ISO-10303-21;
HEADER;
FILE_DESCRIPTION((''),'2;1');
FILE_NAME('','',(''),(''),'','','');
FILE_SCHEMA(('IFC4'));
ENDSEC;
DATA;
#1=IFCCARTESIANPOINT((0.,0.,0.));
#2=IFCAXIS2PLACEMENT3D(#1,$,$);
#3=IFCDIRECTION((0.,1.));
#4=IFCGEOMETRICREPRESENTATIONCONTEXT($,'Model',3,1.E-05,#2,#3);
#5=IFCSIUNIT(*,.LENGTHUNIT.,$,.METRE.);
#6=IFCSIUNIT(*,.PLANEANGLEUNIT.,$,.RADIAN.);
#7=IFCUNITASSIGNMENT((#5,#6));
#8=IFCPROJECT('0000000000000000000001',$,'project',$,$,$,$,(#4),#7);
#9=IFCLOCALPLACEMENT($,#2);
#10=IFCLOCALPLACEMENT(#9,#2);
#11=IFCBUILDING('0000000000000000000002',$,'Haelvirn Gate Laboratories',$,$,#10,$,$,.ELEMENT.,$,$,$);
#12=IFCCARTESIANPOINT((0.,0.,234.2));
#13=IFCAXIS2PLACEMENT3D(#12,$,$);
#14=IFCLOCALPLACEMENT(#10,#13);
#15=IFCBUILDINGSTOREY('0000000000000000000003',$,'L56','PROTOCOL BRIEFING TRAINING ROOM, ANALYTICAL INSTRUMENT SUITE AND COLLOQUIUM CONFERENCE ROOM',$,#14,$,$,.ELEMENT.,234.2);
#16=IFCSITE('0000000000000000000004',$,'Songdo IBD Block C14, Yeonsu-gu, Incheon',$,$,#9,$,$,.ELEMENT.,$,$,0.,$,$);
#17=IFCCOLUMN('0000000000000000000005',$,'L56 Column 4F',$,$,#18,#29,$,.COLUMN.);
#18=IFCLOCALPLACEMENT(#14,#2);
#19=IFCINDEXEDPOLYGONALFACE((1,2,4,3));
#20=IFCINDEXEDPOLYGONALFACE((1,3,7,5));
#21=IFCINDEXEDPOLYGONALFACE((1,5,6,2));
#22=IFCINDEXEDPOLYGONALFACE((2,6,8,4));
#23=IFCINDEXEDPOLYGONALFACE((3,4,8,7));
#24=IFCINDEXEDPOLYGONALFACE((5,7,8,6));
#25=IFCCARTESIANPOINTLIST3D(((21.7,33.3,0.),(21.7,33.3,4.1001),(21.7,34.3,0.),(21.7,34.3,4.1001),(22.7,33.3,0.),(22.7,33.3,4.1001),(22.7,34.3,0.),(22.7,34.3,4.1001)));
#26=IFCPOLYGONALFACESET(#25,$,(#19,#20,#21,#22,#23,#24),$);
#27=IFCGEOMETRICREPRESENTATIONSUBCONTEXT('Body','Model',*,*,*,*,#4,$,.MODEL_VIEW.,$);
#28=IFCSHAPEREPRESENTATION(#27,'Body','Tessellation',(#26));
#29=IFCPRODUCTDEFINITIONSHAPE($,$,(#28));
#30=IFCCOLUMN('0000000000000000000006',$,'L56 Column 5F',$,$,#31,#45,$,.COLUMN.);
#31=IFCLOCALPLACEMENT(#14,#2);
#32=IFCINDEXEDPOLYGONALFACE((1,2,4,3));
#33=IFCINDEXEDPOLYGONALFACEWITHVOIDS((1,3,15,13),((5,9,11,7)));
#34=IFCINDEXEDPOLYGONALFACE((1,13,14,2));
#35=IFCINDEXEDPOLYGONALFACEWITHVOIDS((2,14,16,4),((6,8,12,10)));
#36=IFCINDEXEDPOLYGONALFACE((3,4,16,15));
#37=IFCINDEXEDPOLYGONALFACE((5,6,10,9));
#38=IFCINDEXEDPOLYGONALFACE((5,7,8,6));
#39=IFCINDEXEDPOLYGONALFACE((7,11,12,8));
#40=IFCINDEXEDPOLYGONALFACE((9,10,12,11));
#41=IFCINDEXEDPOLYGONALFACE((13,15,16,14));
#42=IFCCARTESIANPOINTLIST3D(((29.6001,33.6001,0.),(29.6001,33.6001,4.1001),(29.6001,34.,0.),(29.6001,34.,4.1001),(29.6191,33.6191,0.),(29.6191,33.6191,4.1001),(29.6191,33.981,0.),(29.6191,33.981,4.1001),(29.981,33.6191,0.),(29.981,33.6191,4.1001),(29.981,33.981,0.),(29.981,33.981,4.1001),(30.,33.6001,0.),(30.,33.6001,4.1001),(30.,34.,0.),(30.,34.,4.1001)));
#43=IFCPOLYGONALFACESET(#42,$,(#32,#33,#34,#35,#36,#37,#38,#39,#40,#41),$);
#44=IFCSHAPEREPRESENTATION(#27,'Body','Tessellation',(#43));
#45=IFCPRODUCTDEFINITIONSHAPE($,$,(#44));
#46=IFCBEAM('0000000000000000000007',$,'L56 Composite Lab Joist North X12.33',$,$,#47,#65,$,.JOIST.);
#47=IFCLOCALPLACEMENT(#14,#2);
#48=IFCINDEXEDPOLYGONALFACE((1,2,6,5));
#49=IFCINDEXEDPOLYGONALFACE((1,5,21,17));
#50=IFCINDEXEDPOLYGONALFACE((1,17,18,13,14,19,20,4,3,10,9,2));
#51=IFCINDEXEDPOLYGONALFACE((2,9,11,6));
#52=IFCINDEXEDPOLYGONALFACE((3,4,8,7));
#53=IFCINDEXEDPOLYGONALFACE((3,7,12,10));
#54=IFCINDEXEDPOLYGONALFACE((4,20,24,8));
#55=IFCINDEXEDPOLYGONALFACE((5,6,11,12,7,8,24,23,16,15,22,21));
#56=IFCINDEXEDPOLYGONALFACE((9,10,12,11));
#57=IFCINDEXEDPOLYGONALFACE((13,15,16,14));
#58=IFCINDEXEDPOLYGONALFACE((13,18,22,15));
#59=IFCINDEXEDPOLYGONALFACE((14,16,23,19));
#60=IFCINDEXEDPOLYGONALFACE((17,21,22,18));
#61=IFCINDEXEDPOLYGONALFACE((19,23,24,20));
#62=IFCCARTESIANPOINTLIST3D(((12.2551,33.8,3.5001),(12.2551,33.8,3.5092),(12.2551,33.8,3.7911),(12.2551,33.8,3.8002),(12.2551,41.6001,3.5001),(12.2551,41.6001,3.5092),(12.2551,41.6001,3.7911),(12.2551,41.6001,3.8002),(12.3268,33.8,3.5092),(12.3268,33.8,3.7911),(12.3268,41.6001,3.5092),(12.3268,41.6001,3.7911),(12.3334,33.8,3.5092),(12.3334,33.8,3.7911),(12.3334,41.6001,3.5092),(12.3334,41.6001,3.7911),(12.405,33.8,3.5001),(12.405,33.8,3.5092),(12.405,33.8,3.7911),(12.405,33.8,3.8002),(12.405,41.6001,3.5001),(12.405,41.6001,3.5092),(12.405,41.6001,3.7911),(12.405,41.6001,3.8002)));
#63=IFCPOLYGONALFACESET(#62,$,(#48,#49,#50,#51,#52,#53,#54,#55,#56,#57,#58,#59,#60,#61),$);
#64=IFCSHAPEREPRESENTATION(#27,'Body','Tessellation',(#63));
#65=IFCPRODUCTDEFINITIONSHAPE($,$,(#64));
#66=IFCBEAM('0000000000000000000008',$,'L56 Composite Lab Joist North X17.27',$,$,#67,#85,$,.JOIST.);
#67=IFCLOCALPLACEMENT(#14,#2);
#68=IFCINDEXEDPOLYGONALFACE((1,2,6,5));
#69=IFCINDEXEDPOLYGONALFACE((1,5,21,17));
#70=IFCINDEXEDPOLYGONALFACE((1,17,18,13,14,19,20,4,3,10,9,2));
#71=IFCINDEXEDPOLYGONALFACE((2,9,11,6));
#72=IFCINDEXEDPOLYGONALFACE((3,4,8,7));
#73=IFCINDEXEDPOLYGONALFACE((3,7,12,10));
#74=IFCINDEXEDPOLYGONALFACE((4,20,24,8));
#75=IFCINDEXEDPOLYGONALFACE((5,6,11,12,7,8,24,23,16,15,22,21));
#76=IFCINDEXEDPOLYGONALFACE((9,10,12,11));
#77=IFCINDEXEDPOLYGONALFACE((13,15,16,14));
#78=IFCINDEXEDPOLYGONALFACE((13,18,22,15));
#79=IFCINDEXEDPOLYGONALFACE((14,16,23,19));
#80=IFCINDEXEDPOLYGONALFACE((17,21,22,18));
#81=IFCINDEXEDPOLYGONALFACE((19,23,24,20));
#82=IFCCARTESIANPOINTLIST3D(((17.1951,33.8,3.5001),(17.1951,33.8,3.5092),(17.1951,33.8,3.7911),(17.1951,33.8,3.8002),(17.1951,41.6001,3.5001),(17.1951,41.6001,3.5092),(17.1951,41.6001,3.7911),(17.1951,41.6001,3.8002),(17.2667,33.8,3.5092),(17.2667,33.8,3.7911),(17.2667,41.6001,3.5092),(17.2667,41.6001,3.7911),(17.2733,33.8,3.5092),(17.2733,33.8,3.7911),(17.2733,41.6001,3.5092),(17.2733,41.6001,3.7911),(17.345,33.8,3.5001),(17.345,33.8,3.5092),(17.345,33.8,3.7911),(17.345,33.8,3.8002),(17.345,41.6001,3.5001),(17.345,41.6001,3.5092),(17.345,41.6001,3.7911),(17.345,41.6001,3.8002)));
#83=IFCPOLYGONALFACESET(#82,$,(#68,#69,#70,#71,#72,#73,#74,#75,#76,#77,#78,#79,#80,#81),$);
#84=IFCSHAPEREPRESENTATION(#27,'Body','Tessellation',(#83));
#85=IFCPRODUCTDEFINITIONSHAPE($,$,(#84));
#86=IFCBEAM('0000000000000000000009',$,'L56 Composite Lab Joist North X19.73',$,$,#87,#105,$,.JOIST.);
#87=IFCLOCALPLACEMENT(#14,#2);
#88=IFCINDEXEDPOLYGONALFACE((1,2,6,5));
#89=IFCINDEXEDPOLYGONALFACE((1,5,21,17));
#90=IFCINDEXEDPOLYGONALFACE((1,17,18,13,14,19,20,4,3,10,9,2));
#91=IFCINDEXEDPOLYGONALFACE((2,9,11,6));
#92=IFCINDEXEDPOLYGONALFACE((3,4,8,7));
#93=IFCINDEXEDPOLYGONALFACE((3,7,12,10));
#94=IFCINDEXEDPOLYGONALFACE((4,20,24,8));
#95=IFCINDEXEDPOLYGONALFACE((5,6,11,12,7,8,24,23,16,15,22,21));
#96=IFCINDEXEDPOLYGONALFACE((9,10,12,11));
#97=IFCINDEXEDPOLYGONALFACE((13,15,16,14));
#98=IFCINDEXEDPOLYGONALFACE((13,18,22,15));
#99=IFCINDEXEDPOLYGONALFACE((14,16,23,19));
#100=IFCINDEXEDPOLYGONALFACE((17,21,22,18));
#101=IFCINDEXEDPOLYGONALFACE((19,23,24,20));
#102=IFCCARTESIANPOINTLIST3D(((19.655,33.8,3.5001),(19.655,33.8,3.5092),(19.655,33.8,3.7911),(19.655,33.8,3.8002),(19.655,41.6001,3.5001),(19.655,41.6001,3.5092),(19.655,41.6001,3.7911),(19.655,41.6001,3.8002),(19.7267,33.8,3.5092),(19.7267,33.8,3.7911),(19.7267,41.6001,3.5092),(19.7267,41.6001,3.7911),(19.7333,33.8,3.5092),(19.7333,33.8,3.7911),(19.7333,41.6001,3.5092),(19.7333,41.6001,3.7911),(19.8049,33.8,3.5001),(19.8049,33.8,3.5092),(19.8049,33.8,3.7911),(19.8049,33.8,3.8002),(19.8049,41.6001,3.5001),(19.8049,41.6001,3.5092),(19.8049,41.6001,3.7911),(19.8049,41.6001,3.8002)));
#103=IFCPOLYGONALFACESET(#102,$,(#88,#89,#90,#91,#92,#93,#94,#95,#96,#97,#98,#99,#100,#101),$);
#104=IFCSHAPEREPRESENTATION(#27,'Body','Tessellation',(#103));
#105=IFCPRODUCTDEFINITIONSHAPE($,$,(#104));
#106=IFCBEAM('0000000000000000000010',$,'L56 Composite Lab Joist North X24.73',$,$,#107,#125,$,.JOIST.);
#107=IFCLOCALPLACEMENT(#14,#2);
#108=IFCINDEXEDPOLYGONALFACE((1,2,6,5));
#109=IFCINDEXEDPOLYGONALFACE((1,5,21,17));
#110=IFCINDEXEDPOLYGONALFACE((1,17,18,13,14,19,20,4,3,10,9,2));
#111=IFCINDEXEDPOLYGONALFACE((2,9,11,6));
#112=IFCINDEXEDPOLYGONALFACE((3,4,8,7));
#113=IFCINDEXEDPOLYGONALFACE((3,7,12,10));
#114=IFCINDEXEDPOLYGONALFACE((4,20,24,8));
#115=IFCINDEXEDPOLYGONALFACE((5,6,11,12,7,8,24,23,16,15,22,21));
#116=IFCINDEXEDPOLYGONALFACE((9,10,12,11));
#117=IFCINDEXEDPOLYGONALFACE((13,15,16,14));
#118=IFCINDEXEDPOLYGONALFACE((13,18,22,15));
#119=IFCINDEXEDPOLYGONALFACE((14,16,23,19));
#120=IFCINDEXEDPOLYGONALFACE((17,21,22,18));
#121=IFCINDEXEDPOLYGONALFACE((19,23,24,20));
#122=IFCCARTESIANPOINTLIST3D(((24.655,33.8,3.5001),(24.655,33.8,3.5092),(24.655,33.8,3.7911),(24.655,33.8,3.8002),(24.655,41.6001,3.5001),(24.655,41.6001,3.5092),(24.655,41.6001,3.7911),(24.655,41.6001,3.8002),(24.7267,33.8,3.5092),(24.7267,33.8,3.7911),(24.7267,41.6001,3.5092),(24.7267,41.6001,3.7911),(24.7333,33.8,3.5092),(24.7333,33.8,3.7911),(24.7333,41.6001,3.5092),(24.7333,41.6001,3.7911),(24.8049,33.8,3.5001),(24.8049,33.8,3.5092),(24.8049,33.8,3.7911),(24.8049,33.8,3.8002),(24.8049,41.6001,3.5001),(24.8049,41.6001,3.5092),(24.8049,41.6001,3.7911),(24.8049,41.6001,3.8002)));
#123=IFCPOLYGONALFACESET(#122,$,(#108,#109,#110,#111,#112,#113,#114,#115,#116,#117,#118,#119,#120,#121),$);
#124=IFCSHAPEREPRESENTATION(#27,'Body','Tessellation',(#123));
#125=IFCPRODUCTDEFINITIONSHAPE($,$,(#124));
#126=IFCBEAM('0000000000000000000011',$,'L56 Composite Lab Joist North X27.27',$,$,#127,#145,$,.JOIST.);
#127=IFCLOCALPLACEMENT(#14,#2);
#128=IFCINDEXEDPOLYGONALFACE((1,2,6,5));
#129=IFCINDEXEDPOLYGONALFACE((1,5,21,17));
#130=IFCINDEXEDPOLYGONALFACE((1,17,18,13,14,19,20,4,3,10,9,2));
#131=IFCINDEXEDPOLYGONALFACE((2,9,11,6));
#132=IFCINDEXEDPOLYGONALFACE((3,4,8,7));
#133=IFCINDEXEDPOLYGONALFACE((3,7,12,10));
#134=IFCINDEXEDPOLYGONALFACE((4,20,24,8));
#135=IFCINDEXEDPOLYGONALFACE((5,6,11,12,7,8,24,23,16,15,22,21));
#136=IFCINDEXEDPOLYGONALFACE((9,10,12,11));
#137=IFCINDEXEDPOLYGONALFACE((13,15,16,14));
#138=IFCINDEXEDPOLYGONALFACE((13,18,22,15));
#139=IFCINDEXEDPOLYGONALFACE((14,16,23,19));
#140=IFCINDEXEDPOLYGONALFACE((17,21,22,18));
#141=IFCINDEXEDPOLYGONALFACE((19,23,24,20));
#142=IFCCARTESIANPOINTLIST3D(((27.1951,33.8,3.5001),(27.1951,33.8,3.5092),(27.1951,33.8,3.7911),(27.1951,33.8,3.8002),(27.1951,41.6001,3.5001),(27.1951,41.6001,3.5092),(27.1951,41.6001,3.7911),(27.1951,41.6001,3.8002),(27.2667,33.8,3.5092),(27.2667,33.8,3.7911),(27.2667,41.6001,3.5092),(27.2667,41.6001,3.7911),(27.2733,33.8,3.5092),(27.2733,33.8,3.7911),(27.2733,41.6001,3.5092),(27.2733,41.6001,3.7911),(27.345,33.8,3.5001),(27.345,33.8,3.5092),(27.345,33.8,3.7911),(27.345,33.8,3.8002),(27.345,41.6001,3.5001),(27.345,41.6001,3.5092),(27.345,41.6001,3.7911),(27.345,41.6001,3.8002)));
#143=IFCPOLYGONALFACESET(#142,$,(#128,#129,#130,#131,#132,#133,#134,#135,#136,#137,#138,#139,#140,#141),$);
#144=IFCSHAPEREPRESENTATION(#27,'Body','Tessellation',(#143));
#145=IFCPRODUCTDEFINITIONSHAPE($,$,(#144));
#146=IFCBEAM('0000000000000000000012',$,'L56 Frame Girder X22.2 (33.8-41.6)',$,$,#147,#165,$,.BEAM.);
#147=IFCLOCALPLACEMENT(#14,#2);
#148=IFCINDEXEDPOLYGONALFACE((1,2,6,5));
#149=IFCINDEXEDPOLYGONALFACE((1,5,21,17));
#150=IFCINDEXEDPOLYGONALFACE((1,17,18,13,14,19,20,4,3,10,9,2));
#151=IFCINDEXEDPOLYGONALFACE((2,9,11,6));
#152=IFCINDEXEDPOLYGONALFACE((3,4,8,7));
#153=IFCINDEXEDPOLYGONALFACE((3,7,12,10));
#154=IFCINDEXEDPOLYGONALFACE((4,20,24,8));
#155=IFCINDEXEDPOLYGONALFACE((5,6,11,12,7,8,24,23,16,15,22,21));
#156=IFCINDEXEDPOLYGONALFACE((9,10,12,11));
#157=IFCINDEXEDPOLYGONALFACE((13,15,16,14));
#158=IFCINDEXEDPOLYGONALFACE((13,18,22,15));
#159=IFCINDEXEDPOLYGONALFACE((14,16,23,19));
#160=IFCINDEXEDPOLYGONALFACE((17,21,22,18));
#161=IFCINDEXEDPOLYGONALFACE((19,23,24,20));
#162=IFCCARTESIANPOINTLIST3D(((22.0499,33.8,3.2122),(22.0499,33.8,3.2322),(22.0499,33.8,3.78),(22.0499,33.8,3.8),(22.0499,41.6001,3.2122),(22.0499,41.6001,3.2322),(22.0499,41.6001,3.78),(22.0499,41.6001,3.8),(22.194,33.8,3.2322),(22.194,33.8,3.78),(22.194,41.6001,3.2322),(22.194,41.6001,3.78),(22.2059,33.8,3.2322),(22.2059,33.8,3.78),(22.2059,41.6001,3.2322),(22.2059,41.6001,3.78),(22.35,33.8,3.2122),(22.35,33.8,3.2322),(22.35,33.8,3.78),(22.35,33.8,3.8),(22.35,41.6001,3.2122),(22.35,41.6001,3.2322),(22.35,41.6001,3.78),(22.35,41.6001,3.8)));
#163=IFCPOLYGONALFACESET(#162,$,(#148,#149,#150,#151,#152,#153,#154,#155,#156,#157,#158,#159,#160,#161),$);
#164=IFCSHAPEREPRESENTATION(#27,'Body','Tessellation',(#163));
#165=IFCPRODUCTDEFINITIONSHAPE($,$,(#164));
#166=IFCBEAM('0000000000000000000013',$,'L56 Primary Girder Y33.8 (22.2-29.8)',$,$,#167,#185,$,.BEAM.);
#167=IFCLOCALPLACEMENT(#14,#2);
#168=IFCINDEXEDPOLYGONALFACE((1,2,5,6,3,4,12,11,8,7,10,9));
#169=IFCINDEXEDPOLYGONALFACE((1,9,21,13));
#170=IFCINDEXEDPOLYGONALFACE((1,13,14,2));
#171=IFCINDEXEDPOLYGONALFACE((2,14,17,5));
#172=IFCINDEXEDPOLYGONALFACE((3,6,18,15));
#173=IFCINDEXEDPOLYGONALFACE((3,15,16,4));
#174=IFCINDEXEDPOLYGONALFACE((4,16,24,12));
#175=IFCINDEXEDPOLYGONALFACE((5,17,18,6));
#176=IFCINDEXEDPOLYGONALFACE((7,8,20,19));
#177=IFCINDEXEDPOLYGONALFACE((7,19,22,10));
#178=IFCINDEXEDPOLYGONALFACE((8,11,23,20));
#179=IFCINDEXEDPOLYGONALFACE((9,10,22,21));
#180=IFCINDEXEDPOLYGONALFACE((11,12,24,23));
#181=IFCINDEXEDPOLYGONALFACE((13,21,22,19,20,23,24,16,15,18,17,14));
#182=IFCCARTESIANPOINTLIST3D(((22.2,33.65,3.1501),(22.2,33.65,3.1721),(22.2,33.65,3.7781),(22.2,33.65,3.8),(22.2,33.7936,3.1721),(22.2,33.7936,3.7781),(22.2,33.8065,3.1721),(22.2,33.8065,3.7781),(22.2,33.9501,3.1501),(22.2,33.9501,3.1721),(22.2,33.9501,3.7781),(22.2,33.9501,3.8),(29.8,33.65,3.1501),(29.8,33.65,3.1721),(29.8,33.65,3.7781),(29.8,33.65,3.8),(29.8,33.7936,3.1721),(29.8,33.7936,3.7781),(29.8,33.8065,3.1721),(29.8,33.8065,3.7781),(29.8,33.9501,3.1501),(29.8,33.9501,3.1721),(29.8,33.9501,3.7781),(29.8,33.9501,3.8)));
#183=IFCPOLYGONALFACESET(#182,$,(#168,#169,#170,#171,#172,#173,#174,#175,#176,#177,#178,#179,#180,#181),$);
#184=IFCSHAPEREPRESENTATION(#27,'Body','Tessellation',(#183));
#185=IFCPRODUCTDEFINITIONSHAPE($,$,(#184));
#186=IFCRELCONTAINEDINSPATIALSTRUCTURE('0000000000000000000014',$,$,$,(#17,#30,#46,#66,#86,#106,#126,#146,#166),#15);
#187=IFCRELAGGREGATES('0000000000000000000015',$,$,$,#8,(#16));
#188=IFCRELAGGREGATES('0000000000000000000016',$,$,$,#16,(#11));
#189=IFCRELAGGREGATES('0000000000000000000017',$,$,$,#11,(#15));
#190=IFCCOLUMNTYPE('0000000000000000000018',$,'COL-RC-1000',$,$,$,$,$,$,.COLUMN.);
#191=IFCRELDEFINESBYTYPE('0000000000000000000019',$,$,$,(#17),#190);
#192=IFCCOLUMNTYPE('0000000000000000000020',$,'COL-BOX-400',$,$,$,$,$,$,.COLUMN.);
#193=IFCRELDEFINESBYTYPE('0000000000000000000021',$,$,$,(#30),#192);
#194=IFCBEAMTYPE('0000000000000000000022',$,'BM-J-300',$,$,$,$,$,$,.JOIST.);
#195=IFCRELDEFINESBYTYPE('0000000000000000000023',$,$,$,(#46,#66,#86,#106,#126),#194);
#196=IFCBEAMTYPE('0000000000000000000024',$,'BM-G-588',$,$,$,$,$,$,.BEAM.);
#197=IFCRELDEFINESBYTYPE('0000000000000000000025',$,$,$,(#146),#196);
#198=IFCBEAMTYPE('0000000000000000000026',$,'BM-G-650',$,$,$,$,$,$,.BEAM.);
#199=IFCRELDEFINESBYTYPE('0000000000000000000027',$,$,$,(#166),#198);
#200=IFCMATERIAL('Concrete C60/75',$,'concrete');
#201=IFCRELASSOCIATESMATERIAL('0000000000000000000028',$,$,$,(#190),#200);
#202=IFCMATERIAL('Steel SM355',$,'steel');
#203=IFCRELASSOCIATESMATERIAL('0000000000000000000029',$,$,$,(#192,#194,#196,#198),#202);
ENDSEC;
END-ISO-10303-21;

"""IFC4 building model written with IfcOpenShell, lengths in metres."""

from ifc_helpers import new_model, si_unit, direction, frame, origin, origin_2d, place, context, subcontext, project, spatial, rectangle, hollow_rectangle, i_section, extrude, source, transform, mapped, material, material_profile, profile_set, type_object, type_shapes, element, save


model = new_model("IFC4")

# Units and contexts
model_context = context("Model", 3, precision=1e-05, world=origin(), true_north=direction((0.0, 1.0)))
body_context = subcontext(model_context, "Body", "Model", "MODEL_VIEW")
ifc_project = project(units=[si_unit("LENGTHUNIT", "METRE"), si_unit("PLANEANGLEUNIT", "RADIAN")], contexts=[model_context])

# Site, building, storey
site_placement = place(None, origin())
site = spatial("IfcSite", under=ifc_project, at=site_placement, Name="Songdo IBD Block C14, Yeonsu-gu, Incheon", CompositionType="ELEMENT", RefElevation=0.0)
building_placement = place(site_placement, origin())
building = spatial("IfcBuilding", under=site, at=building_placement, Name="Haelvirn Gate Laboratories", CompositionType="ELEMENT")
storey_placement = place(building_placement, frame((0.0, 0.0, 234.2)))
storey = spatial("IfcBuildingStorey", under=building, at=storey_placement, Name="L56", Description="PROTOCOL BRIEFING TRAINING ROOM, ANALYTICAL INSTRUMENT SUITE AND COLLOQUIUM CONFERENCE ROOM", CompositionType="ELEMENT", Elevation=234.2)

# Columns
ifc_material_1 = material(Name="Concrete C60/75", Category="concrete")
ifc_material_profile_1 = material_profile(ifc_material_1, rectangle(XDim=1.0, YDim=1.0, at=origin_2d()), Name="RC-1000x1000")
ifc_profile_set_1 = profile_set([ifc_material_profile_1], Name="Concrete C60/75")
column_type_1 = type_object("IfcColumnType", Name="COL-RC-1000", PredefinedType="COLUMN", material=ifc_profile_set_1)
shared_shape_1 = source(origin(), body_context, "Body", "SweptSolid", [
    extrude(rectangle(XDim=1.0, YDim=1.0, at=origin_2d()), origin(), (0.0, 0.0, 1.0), 4.1001),
])
type_shapes(column_type_1, [shared_shape_1])
column_1_placement = place(storey_placement, frame((22.2, 33.8, 0.0), z_axis=(0.0, 0.0, 1.0), x_axis=(1.0, 0.0, 0.0)))
element("IfcColumn", 1, at=column_1_placement, inside=storey, type_object=column_type_1, Name="L56 Column 4F", PredefinedType="COLUMN", context=body_context, shape_type="MappedRepresentation", body=[
    mapped(shared_shape_1, transform((0.0, 0.0, 0.0), scale=1.0)),
])
ifc_material_2 = material(Name="Steel SM355", Category="steel")
ifc_material_profile_2 = material_profile(ifc_material_2, hollow_rectangle(XDim=0.3999, YDim=0.3999, WallThickness=0.019, at=origin_2d()), Name="BOX-400x400x19")
ifc_profile_set_2 = profile_set([ifc_material_profile_2], Name="Steel SM355")
column_type_2 = type_object("IfcColumnType", Name="COL-BOX-400", PredefinedType="COLUMN", material=ifc_profile_set_2)
shared_shape_2 = source(origin(), body_context, "Body", "SweptSolid", [
    extrude(hollow_rectangle(XDim=0.3999, YDim=0.3999, WallThickness=0.019, at=origin_2d()), origin(), (0.0, 0.0, 1.0), 4.1001),
])
type_shapes(column_type_2, [shared_shape_2])
column_2_placement = place(storey_placement, frame((29.8, 33.8, 0.0), z_axis=(0.0, 0.0, 1.0), x_axis=(1.0, 0.0, 0.0)))
element("IfcColumn", 2, at=column_2_placement, inside=storey, type_object=column_type_2, Name="L56 Column 5F", PredefinedType="COLUMN", context=body_context, shape_type="MappedRepresentation", body=[
    mapped(shared_shape_2, transform((0.0, 0.0, 0.0), scale=1.0)),
])

# Beams
ifc_material_profile_3 = material_profile(ifc_material_2, i_section(OverallWidth=0.1499, OverallDepth=0.3, WebThickness=0.0066, FlangeThickness=0.009, at=origin_2d()), Name="H-300x150x6.5x9")
ifc_profile_set_3 = profile_set([ifc_material_profile_3], Name="Steel SM355")
beam_type_1 = type_object("IfcBeamType", Name="BM-J-300", PredefinedType="JOIST", material=ifc_profile_set_3)
shared_shape_3 = source(origin(), body_context, "Body", "SweptSolid", [
    extrude(i_section(OverallWidth=0.1499, OverallDepth=0.3, WebThickness=0.0066, FlangeThickness=0.009, at=origin_2d()), origin(), (0.0, 0.0, 1.0), 7.8),
])
type_shapes(beam_type_1, [shared_shape_3])
for number, where, z_axis, x_axis, name in (
    (3, (12.3301, 33.8, 3.6501), (0.0, 1.0, 0.0), (-1.0, 0.0, 0.0), "L56 Composite Lab Joist North X12.33"),
    (4, (17.27, 33.8, 3.6501), (0.0, 1.0, 0.0), (-1.0, 0.0, 0.0), "L56 Composite Lab Joist North X17.27"),
    (5, (19.73, 33.8, 3.6501), (0.0, 1.0, 0.0), (-1.0, 0.0, 0.0), "L56 Composite Lab Joist North X19.73"),
    (6, (24.73, 33.8, 3.6501), (0.0, 1.0, 0.0), (-1.0, 0.0, 0.0), "L56 Composite Lab Joist North X24.73"),
    (7, (27.27, 33.8, 3.6501), (0.0, 1.0, 0.0), (-1.0, 0.0, 0.0), "L56 Composite Lab Joist North X27.27"),
):
    element("IfcBeam", number, at=place(storey_placement, frame(where, z_axis=z_axis, x_axis=x_axis)), inside=storey, type_object=beam_type_1, Name=name, PredefinedType="JOIST", context=body_context, shape_type="MappedRepresentation", body=[
        mapped(shared_shape_3, transform((0.0, 0.0, 0.0), scale=1.0)),
    ])
ifc_material_profile_4 = material_profile(ifc_material_2, i_section(OverallWidth=0.3, OverallDepth=0.5879, WebThickness=0.012, FlangeThickness=0.02, at=origin_2d()), Name="H-588x300x12x20")
ifc_profile_set_4 = profile_set([ifc_material_profile_4], Name="Steel SM355")
beam_type_2 = type_object("IfcBeamType", Name="BM-G-588", PredefinedType="BEAM", material=ifc_profile_set_4)
shared_shape_4 = source(origin(), body_context, "Body", "SweptSolid", [
    extrude(i_section(OverallWidth=0.3, OverallDepth=0.5879, WebThickness=0.012, FlangeThickness=0.02, at=origin_2d()), origin(), (0.0, 0.0, 1.0), 7.8),
])
type_shapes(beam_type_2, [shared_shape_4])
beam_1_placement = place(storey_placement, frame((22.2, 33.8, 3.5061), z_axis=(0.0, 1.0, 0.0), x_axis=(-1.0, 0.0, 0.0)))
element("IfcBeam", 8, at=beam_1_placement, inside=storey, type_object=beam_type_2, Name="L56 Frame Girder X22.2 (33.8-41.6)", PredefinedType="BEAM", context=body_context, shape_type="MappedRepresentation", body=[
    mapped(shared_shape_4, transform((0.0, 0.0, 0.0), scale=1.0)),
])
ifc_material_profile_5 = material_profile(ifc_material_2, i_section(OverallWidth=0.3, OverallDepth=0.6499, WebThickness=0.0129, FlangeThickness=0.022, at=origin_2d()), Name="H-650x300x13x22")
ifc_profile_set_5 = profile_set([ifc_material_profile_5], Name="Steel SM355")
beam_type_3 = type_object("IfcBeamType", Name="BM-G-650", PredefinedType="BEAM", material=ifc_profile_set_5)
shared_shape_5 = source(origin(), body_context, "Body", "SweptSolid", [
    extrude(i_section(OverallWidth=0.3, OverallDepth=0.6499, WebThickness=0.0129, FlangeThickness=0.022, at=origin_2d()), origin(), (0.0, 0.0, 1.0), 7.6001),
])
beam_2_placement = place(storey_placement, frame((22.2, 33.8, 3.4751), z_axis=(1.0, 0.0, 0.0), x_axis=(0.0, 1.0, 0.0)))
element("IfcBeam", 9, at=beam_2_placement, inside=storey, type_object=beam_type_3, Name="L56 Primary Girder Y33.8 (22.2-29.8)", PredefinedType="BEAM", context=body_context, shape_type="MappedRepresentation", body=[
    mapped(shared_shape_5, transform((0.0, 0.0, 0.0), scale=1.0)),
])

save(model, "model.ifc")
